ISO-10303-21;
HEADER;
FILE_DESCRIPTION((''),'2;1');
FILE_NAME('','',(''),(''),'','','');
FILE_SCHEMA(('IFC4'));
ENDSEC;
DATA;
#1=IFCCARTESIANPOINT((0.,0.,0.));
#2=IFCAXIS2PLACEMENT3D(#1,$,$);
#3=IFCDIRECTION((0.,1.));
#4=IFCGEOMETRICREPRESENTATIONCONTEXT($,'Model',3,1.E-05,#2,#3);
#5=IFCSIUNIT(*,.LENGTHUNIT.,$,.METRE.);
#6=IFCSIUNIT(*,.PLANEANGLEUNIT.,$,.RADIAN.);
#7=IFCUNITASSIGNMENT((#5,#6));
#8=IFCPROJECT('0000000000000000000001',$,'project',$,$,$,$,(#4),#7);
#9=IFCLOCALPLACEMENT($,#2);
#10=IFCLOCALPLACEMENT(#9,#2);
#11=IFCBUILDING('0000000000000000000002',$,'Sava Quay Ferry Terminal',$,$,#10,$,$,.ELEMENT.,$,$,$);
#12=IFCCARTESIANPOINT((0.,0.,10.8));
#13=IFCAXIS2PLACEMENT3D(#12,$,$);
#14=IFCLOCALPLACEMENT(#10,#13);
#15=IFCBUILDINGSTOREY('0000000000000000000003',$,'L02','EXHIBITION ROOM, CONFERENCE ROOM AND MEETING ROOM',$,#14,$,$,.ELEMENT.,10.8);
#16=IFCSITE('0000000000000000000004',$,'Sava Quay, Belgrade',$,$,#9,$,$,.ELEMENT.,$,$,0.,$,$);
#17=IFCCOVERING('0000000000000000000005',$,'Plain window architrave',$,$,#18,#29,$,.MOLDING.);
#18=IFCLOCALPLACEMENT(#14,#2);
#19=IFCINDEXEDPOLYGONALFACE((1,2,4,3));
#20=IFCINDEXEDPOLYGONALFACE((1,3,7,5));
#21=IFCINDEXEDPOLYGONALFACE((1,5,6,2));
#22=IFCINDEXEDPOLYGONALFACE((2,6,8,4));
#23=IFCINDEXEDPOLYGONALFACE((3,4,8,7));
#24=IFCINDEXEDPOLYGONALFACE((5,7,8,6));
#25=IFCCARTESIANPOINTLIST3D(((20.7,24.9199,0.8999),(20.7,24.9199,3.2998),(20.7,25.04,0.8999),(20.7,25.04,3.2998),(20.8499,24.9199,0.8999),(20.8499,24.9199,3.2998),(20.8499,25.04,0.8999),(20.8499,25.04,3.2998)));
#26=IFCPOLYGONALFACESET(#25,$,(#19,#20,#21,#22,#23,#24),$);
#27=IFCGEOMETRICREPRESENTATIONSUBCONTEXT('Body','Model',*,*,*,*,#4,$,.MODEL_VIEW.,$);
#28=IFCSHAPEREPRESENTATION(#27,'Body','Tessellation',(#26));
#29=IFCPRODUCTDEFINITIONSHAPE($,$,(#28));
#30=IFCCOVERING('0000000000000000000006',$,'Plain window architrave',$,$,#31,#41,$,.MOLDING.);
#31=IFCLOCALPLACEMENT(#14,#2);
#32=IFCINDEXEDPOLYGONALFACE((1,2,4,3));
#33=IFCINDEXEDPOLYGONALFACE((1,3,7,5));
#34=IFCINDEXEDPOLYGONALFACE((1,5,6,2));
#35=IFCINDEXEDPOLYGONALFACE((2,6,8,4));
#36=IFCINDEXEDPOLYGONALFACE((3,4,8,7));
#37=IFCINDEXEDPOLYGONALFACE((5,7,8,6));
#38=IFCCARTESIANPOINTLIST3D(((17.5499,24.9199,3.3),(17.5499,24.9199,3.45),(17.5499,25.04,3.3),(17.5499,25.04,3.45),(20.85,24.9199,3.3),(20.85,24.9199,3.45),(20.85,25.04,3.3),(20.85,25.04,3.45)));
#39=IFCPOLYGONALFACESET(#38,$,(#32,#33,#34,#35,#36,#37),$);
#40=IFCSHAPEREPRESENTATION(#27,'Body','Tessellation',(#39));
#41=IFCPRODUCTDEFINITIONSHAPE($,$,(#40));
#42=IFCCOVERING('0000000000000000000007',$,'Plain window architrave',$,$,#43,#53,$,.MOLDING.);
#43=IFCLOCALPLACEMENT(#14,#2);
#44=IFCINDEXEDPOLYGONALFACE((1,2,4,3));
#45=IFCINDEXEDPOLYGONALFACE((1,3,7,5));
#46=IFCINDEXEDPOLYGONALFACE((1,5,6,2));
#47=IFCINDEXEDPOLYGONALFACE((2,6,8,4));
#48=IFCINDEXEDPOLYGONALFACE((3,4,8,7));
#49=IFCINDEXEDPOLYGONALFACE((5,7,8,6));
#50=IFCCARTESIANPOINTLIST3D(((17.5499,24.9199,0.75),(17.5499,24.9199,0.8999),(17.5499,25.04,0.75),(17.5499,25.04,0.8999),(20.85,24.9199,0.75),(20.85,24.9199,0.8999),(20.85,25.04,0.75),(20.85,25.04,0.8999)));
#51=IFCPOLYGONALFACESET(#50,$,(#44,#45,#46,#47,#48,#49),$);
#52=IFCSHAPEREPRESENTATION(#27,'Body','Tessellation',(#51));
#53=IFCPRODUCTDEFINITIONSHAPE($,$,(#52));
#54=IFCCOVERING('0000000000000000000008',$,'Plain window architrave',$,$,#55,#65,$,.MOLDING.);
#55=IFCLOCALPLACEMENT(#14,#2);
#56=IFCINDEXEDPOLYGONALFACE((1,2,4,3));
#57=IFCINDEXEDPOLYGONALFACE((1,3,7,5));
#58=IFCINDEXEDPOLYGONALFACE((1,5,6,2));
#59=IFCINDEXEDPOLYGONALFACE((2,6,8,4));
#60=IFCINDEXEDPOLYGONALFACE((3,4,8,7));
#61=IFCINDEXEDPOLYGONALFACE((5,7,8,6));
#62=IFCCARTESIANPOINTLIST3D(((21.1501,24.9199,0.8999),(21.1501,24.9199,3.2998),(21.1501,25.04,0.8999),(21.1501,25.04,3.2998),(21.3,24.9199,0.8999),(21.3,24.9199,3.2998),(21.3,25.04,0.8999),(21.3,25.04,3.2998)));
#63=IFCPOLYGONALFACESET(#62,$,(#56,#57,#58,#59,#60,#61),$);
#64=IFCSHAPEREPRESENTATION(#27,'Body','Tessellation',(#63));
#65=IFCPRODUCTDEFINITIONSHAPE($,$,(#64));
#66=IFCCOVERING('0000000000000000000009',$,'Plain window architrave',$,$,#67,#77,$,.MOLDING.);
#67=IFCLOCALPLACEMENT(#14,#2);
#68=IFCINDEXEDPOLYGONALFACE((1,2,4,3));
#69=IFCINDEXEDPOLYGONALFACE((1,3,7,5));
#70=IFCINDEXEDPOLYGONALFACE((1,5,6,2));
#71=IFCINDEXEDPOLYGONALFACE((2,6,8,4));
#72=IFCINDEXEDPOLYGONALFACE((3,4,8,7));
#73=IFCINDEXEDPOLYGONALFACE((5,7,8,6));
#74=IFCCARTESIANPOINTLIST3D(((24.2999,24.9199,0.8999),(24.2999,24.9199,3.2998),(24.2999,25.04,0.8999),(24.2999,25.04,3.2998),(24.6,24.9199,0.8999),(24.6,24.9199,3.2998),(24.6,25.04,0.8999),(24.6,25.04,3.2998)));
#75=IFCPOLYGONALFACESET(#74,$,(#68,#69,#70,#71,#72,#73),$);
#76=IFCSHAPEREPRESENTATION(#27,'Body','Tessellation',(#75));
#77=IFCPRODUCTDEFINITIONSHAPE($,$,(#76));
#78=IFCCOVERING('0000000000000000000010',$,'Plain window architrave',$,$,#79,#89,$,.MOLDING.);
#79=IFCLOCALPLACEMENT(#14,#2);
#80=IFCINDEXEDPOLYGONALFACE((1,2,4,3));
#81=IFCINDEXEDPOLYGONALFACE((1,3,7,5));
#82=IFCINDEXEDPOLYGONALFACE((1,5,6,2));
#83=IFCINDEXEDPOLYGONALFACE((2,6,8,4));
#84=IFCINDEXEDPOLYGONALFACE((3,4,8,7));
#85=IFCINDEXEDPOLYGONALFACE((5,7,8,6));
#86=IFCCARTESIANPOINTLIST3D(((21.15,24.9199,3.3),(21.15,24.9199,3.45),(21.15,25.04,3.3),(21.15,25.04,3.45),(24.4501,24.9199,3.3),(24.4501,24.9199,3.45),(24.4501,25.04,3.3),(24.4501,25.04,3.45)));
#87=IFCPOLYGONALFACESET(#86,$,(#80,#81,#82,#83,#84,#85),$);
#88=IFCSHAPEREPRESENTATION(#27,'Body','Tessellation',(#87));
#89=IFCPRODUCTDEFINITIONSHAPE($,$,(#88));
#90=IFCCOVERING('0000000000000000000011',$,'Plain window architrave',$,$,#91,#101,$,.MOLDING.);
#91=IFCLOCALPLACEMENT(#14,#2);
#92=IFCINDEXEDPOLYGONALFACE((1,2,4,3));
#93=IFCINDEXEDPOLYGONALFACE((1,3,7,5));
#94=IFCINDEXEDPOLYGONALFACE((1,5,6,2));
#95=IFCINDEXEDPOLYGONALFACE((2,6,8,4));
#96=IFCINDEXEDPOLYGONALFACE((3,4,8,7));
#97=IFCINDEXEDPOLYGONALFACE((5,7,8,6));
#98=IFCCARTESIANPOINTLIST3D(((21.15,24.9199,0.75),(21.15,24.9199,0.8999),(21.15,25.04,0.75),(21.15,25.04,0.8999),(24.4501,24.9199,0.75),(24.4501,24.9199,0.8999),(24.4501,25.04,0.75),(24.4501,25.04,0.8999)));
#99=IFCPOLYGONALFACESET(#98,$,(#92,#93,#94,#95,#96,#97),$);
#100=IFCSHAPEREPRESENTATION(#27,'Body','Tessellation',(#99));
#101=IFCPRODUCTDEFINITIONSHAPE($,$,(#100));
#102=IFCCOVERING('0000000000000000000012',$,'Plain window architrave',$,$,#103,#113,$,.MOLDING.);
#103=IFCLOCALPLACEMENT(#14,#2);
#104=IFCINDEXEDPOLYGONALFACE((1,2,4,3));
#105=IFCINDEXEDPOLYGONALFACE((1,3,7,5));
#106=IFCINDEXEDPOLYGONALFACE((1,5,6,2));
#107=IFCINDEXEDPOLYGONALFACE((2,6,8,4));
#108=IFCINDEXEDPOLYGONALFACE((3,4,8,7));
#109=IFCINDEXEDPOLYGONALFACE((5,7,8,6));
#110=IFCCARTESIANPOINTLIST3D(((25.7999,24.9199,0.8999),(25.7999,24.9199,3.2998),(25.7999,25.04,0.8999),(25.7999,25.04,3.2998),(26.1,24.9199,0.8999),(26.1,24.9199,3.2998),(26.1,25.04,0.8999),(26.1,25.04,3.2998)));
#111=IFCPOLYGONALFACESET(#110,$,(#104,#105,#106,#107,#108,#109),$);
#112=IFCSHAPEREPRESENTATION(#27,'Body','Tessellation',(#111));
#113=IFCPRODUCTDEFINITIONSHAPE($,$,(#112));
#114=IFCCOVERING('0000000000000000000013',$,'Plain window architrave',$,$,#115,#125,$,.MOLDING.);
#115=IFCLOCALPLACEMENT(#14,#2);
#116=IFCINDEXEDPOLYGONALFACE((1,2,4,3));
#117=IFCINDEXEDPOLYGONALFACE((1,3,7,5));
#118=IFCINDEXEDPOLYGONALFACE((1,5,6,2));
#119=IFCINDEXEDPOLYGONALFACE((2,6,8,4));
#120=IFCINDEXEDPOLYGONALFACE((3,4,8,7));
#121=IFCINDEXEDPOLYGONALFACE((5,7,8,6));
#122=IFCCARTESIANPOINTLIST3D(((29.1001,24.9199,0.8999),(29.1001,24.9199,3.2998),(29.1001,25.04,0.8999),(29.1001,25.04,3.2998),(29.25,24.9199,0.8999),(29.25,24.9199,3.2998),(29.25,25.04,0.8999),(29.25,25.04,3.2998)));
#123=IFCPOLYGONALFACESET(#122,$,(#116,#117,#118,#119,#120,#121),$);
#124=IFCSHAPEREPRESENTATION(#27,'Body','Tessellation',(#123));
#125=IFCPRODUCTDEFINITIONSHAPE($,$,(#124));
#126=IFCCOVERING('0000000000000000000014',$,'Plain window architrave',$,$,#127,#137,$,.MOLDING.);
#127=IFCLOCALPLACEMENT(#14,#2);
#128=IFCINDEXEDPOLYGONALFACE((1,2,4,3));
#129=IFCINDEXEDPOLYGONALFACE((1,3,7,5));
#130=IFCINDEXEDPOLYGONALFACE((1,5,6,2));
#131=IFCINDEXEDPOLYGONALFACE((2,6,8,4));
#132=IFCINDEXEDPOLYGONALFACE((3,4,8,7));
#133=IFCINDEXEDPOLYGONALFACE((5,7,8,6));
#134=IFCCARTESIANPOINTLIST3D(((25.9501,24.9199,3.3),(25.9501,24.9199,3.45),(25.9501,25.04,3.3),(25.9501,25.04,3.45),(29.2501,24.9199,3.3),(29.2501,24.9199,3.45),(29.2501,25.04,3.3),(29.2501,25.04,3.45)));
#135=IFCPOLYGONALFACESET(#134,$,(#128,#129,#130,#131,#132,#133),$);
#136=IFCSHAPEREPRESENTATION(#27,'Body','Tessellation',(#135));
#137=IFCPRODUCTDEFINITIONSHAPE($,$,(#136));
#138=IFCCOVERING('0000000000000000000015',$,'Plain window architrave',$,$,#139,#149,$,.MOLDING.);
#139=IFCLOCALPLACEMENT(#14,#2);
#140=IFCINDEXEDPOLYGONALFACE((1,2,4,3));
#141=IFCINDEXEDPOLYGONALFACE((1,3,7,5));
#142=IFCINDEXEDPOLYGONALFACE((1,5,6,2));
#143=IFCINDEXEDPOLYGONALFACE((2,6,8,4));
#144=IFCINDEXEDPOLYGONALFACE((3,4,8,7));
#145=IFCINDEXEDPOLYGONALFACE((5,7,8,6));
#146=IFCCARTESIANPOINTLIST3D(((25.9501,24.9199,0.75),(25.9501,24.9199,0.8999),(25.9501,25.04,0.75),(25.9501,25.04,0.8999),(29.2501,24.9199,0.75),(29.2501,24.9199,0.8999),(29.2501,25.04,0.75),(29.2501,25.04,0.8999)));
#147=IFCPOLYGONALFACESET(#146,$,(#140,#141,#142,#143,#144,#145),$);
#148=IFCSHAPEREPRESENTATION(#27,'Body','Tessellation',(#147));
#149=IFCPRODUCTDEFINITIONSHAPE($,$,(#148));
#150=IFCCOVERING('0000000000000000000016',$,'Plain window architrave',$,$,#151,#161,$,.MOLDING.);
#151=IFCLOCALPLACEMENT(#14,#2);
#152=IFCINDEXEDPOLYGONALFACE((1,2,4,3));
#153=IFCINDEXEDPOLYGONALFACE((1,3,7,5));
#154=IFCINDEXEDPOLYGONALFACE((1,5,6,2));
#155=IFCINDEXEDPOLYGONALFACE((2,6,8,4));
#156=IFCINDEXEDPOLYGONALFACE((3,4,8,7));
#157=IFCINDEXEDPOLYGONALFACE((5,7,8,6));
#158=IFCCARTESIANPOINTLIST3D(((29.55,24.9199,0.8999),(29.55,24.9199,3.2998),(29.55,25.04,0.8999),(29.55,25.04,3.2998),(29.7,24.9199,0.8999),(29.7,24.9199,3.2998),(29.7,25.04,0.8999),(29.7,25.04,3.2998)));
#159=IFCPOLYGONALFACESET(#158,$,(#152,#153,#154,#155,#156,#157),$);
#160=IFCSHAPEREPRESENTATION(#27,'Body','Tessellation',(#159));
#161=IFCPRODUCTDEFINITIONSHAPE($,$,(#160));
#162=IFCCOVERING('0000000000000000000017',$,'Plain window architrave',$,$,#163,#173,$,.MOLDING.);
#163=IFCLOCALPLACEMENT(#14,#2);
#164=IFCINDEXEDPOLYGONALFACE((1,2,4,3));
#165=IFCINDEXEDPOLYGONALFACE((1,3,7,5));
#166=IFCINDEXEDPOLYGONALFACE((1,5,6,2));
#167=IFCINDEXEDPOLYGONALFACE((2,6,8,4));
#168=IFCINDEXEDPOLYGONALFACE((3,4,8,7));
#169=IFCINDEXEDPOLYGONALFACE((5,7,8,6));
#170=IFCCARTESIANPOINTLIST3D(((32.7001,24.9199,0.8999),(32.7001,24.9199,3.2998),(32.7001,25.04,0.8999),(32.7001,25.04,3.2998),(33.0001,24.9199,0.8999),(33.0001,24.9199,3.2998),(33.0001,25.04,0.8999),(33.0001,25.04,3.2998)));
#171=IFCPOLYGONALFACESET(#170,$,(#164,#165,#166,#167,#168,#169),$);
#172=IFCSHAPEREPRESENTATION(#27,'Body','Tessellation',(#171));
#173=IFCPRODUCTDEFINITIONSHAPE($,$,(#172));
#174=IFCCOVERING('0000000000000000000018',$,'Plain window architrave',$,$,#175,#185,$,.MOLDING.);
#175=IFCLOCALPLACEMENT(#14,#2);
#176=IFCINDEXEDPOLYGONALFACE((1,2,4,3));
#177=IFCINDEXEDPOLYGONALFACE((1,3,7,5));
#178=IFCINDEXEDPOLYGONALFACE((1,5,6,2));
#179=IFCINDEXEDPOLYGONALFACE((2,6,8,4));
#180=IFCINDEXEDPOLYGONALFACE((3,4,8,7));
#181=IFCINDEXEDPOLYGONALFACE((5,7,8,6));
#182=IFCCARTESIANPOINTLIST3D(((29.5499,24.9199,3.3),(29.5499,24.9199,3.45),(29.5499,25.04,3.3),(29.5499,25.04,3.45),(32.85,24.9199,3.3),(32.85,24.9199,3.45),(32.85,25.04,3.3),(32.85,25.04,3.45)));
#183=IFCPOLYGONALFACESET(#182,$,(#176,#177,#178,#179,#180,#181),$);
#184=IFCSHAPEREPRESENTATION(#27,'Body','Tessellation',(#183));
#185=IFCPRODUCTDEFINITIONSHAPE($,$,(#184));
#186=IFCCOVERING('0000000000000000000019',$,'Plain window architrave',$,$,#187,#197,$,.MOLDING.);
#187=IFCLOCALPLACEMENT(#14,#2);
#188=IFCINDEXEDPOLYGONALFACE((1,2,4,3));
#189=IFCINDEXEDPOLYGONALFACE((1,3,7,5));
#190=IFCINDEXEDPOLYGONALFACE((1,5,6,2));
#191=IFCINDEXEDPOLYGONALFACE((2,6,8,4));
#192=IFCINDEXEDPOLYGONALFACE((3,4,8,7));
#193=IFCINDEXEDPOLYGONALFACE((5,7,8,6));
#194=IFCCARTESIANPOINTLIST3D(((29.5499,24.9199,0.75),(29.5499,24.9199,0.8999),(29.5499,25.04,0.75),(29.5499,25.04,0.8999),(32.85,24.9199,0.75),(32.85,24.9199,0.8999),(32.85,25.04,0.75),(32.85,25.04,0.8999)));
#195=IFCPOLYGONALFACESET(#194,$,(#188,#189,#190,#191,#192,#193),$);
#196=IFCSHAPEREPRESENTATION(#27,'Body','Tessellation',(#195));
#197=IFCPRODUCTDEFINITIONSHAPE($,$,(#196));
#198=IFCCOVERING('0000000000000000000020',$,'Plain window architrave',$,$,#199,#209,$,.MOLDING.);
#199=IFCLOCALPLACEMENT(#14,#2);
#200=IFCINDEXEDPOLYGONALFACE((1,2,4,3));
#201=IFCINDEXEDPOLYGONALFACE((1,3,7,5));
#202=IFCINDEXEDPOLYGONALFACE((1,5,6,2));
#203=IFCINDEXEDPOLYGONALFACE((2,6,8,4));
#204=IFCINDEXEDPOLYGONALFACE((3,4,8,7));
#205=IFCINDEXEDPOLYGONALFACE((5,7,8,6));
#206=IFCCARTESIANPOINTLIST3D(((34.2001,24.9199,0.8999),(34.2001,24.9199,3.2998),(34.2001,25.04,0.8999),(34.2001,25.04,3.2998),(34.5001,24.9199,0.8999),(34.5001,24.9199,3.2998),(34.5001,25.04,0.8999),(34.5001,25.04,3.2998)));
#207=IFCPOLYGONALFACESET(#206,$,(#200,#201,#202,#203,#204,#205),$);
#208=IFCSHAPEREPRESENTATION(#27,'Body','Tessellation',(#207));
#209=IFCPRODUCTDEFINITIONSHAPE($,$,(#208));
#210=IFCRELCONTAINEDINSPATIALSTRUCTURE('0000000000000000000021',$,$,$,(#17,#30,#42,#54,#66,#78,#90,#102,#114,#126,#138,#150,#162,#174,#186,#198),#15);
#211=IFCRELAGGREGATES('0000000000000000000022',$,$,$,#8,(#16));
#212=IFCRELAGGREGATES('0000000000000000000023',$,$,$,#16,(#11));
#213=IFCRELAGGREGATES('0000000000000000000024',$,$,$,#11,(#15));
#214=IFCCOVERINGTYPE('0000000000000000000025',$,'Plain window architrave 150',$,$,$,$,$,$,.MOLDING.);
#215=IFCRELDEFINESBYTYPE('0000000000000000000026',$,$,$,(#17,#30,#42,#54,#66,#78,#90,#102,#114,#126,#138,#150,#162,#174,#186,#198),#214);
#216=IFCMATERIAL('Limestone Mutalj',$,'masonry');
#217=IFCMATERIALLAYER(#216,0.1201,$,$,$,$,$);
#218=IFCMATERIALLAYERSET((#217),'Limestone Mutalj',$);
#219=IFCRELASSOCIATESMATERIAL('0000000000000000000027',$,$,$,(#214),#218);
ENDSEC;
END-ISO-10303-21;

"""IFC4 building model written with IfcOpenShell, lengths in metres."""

from ifc_helpers import new_model, si_unit, direction, frame, origin, origin_2d, place, context, subcontext, project, spatial, rectangle, extrude, material, layer, layer_set, type_object, element, save


model = new_model("IFC4")

# Units and contexts
model_context = context("Model", 3, precision=1e-05, world=origin(), true_north=direction((0.0, 1.0)))
body_context = subcontext(model_context, "Body", "Model", "MODEL_VIEW")
ifc_project = project(units=[si_unit("LENGTHUNIT", "METRE"), si_unit("PLANEANGLEUNIT", "RADIAN")], contexts=[model_context])

# Site, building, storey
site_placement = place(None, origin())
site = spatial("IfcSite", under=ifc_project, at=site_placement, Name="Sava Quay, Belgrade", CompositionType="ELEMENT", RefElevation=0.0)
building_placement = place(site_placement, origin())
building = spatial("IfcBuilding", under=site, at=building_placement, Name="Sava Quay Ferry Terminal", CompositionType="ELEMENT")
storey_placement = place(building_placement, frame((0.0, 0.0, 10.8)))
storey = spatial("IfcBuildingStorey", under=building, at=storey_placement, Name="L02", Description="EXHIBITION ROOM, CONFERENCE ROOM AND MEETING ROOM", CompositionType="ELEMENT", Elevation=10.8)

# Coverings
ifc_material_1 = material(Name="Limestone Mutalj", Category="masonry")
ifc_layer_1 = layer(ifc_material_1, 0.1201)
ifc_layer_set_1 = layer_set([ifc_layer_1], Name="Limestone Mutalj")
covering_type_1 = type_object("IfcCoveringType", Name="Plain window architrave 150", PredefinedType="MOLDING", material=ifc_layer_set_1)
covering_1_placement = place(storey_placement, frame((20.7749, 24.98, 0.8999), z_axis=(0.0, 0.0, 1.0), x_axis=(1.0, 0.0, 0.0)))
element("IfcCovering", 1, at=covering_1_placement, inside=storey, type_object=covering_type_1, Name="Plain window architrave", PredefinedType="MOLDING", context=body_context, shape_type="SweptSolid", body=[
    extrude(rectangle(XDim=0.1499, YDim=0.1201, at=origin_2d()), origin(), (0.0, 0.0, 1.0), 2.3999),
])
for number, where, z_axis, x_axis, name in (
    (2, (19.2, 24.98, 3.3), (0.0, 0.0, 1.0), (1.0, 0.0, 0.0), "Plain window architrave"),
    (3, (19.2, 24.98, 0.75), (0.0, 0.0, 1.0), (1.0, 0.0, 0.0), "Plain window architrave"),
):
    element("IfcCovering", number, at=place(storey_placement, frame(where, z_axis=z_axis, x_axis=x_axis)), inside=storey, type_object=covering_type_1, Name=name, PredefinedType="MOLDING", context=body_context, shape_type="SweptSolid", body=[
        extrude(rectangle(XDim=3.3, YDim=0.1201, at=origin_2d()), origin(), (0.0, 0.0, 1.0), 0.1499),
    ])
covering_2_placement = place(storey_placement, frame((21.2251, 24.98, 0.8999), z_axis=(0.0, 0.0, 1.0), x_axis=(1.0, 0.0, 0.0)))
element("IfcCovering", 4, at=covering_2_placement, inside=storey, type_object=covering_type_1, Name="Plain window architrave", PredefinedType="MOLDING", context=body_context, shape_type="SweptSolid", body=[
    extrude(rectangle(XDim=0.1499, YDim=0.1201, at=origin_2d()), origin(), (0.0, 0.0, 1.0), 2.3999),
])
covering_3_placement = place(storey_placement, frame((24.45, 24.98, 0.8999), z_axis=(0.0, 0.0, 1.0), x_axis=(1.0, 0.0, 0.0)))
element("IfcCovering", 5, at=covering_3_placement, inside=storey, type_object=covering_type_1, Name="Plain window architrave", PredefinedType="MOLDING", context=body_context, shape_type="SweptSolid", body=[
    extrude(rectangle(XDim=0.3, YDim=0.1201, at=origin_2d()), origin(), (0.0, 0.0, 1.0), 2.3999),
])
for number, where, z_axis, x_axis, name in (
    (6, (22.8, 24.98, 3.3), (0.0, 0.0, 1.0), (1.0, 0.0, 0.0), "Plain window architrave"),
    (7, (22.8, 24.98, 0.75), (0.0, 0.0, 1.0), (1.0, 0.0, 0.0), "Plain window architrave"),
):
    element("IfcCovering", number, at=place(storey_placement, frame(where, z_axis=z_axis, x_axis=x_axis)), inside=storey, type_object=covering_type_1, Name=name, PredefinedType="MOLDING", context=body_context, shape_type="SweptSolid", body=[
        extrude(rectangle(XDim=3.3, YDim=0.1201, at=origin_2d()), origin(), (0.0, 0.0, 1.0), 0.1499),
    ])
covering_4_placement = place(storey_placement, frame((25.95, 24.98, 0.8999), z_axis=(0.0, 0.0, 1.0), x_axis=(1.0, 0.0, 0.0)))
element("IfcCovering", 8, at=covering_4_placement, inside=storey, type_object=covering_type_1, Name="Plain window architrave", PredefinedType="MOLDING", context=body_context, shape_type="SweptSolid", body=[
    extrude(rectangle(XDim=0.3, YDim=0.1201, at=origin_2d()), origin(), (0.0, 0.0, 1.0), 2.3999),
])
covering_5_placement = place(storey_placement, frame((29.175, 24.98, 0.8999), z_axis=(0.0, 0.0, 1.0), x_axis=(1.0, 0.0, 0.0)))
element("IfcCovering", 9, at=covering_5_placement, inside=storey, type_object=covering_type_1, Name="Plain window architrave", PredefinedType="MOLDING", context=body_context, shape_type="SweptSolid", body=[
    extrude(rectangle(XDim=0.1499, YDim=0.1201, at=origin_2d()), origin(), (0.0, 0.0, 1.0), 2.3999),
])
for number, where, z_axis, x_axis, name in (
    (10, (27.6001, 24.98, 3.3), (0.0, 0.0, 1.0), (1.0, 0.0, 0.0), "Plain window architrave"),
    (11, (27.6001, 24.98, 0.75), (0.0, 0.0, 1.0), (1.0, 0.0, 0.0), "Plain window architrave"),
):
    element("IfcCovering", number, at=place(storey_placement, frame(where, z_axis=z_axis, x_axis=x_axis)), inside=storey, type_object=covering_type_1, Name=name, PredefinedType="MOLDING", context=body_context, shape_type="SweptSolid", body=[
        extrude(rectangle(XDim=3.3, YDim=0.1201, at=origin_2d()), origin(), (0.0, 0.0, 1.0), 0.1499),
    ])
covering_6_placement = place(storey_placement, frame((29.625, 24.98, 0.8999), z_axis=(0.0, 0.0, 1.0), x_axis=(1.0, 0.0, 0.0)))
element("IfcCovering", 12, at=covering_6_placement, inside=storey, type_object=covering_type_1, Name="Plain window architrave", PredefinedType="MOLDING", context=body_context, shape_type="SweptSolid", body=[
    extrude(rectangle(XDim=0.1499, YDim=0.1201, at=origin_2d()), origin(), (0.0, 0.0, 1.0), 2.3999),
])
covering_7_placement = place(storey_placement, frame((32.8501, 24.98, 0.8999), z_axis=(0.0, 0.0, 1.0), x_axis=(1.0, 0.0, 0.0)))
element("IfcCovering", 13, at=covering_7_placement, inside=storey, type_object=covering_type_1, Name="Plain window architrave", PredefinedType="MOLDING", context=body_context, shape_type="SweptSolid", body=[
    extrude(rectangle(XDim=0.3, YDim=0.1201, at=origin_2d()), origin(), (0.0, 0.0, 1.0), 2.3999),
])
for number, where, z_axis, x_axis, name in (
    (14, (31.2, 24.98, 3.3), (0.0, 0.0, 1.0), (1.0, 0.0, 0.0), "Plain window architrave"),
    (15, (31.2, 24.98, 0.75), (0.0, 0.0, 1.0), (1.0, 0.0, 0.0), "Plain window architrave"),
):
    element("IfcCovering", number, at=place(storey_placement, frame(where, z_axis=z_axis, x_axis=x_axis)), inside=storey, type_object=covering_type_1, Name=name, PredefinedType="MOLDING", context=body_context, shape_type="SweptSolid", body=[
        extrude(rectangle(XDim=3.3, YDim=0.1201, at=origin_2d()), origin(), (0.0, 0.0, 1.0), 0.1499),
    ])
covering_8_placement = place(storey_placement, frame((34.3501, 24.98, 0.8999), z_axis=(0.0, 0.0, 1.0), x_axis=(1.0, 0.0, 0.0)))
element("IfcCovering", 16, at=covering_8_placement, inside=storey, type_object=covering_type_1, Name="Plain window architrave", PredefinedType="MOLDING", context=body_context, shape_type="SweptSolid", body=[
    extrude(rectangle(XDim=0.3, YDim=0.1201, at=origin_2d()), origin(), (0.0, 0.0, 1.0), 2.3999),
])

save(model, "model.ifc")
